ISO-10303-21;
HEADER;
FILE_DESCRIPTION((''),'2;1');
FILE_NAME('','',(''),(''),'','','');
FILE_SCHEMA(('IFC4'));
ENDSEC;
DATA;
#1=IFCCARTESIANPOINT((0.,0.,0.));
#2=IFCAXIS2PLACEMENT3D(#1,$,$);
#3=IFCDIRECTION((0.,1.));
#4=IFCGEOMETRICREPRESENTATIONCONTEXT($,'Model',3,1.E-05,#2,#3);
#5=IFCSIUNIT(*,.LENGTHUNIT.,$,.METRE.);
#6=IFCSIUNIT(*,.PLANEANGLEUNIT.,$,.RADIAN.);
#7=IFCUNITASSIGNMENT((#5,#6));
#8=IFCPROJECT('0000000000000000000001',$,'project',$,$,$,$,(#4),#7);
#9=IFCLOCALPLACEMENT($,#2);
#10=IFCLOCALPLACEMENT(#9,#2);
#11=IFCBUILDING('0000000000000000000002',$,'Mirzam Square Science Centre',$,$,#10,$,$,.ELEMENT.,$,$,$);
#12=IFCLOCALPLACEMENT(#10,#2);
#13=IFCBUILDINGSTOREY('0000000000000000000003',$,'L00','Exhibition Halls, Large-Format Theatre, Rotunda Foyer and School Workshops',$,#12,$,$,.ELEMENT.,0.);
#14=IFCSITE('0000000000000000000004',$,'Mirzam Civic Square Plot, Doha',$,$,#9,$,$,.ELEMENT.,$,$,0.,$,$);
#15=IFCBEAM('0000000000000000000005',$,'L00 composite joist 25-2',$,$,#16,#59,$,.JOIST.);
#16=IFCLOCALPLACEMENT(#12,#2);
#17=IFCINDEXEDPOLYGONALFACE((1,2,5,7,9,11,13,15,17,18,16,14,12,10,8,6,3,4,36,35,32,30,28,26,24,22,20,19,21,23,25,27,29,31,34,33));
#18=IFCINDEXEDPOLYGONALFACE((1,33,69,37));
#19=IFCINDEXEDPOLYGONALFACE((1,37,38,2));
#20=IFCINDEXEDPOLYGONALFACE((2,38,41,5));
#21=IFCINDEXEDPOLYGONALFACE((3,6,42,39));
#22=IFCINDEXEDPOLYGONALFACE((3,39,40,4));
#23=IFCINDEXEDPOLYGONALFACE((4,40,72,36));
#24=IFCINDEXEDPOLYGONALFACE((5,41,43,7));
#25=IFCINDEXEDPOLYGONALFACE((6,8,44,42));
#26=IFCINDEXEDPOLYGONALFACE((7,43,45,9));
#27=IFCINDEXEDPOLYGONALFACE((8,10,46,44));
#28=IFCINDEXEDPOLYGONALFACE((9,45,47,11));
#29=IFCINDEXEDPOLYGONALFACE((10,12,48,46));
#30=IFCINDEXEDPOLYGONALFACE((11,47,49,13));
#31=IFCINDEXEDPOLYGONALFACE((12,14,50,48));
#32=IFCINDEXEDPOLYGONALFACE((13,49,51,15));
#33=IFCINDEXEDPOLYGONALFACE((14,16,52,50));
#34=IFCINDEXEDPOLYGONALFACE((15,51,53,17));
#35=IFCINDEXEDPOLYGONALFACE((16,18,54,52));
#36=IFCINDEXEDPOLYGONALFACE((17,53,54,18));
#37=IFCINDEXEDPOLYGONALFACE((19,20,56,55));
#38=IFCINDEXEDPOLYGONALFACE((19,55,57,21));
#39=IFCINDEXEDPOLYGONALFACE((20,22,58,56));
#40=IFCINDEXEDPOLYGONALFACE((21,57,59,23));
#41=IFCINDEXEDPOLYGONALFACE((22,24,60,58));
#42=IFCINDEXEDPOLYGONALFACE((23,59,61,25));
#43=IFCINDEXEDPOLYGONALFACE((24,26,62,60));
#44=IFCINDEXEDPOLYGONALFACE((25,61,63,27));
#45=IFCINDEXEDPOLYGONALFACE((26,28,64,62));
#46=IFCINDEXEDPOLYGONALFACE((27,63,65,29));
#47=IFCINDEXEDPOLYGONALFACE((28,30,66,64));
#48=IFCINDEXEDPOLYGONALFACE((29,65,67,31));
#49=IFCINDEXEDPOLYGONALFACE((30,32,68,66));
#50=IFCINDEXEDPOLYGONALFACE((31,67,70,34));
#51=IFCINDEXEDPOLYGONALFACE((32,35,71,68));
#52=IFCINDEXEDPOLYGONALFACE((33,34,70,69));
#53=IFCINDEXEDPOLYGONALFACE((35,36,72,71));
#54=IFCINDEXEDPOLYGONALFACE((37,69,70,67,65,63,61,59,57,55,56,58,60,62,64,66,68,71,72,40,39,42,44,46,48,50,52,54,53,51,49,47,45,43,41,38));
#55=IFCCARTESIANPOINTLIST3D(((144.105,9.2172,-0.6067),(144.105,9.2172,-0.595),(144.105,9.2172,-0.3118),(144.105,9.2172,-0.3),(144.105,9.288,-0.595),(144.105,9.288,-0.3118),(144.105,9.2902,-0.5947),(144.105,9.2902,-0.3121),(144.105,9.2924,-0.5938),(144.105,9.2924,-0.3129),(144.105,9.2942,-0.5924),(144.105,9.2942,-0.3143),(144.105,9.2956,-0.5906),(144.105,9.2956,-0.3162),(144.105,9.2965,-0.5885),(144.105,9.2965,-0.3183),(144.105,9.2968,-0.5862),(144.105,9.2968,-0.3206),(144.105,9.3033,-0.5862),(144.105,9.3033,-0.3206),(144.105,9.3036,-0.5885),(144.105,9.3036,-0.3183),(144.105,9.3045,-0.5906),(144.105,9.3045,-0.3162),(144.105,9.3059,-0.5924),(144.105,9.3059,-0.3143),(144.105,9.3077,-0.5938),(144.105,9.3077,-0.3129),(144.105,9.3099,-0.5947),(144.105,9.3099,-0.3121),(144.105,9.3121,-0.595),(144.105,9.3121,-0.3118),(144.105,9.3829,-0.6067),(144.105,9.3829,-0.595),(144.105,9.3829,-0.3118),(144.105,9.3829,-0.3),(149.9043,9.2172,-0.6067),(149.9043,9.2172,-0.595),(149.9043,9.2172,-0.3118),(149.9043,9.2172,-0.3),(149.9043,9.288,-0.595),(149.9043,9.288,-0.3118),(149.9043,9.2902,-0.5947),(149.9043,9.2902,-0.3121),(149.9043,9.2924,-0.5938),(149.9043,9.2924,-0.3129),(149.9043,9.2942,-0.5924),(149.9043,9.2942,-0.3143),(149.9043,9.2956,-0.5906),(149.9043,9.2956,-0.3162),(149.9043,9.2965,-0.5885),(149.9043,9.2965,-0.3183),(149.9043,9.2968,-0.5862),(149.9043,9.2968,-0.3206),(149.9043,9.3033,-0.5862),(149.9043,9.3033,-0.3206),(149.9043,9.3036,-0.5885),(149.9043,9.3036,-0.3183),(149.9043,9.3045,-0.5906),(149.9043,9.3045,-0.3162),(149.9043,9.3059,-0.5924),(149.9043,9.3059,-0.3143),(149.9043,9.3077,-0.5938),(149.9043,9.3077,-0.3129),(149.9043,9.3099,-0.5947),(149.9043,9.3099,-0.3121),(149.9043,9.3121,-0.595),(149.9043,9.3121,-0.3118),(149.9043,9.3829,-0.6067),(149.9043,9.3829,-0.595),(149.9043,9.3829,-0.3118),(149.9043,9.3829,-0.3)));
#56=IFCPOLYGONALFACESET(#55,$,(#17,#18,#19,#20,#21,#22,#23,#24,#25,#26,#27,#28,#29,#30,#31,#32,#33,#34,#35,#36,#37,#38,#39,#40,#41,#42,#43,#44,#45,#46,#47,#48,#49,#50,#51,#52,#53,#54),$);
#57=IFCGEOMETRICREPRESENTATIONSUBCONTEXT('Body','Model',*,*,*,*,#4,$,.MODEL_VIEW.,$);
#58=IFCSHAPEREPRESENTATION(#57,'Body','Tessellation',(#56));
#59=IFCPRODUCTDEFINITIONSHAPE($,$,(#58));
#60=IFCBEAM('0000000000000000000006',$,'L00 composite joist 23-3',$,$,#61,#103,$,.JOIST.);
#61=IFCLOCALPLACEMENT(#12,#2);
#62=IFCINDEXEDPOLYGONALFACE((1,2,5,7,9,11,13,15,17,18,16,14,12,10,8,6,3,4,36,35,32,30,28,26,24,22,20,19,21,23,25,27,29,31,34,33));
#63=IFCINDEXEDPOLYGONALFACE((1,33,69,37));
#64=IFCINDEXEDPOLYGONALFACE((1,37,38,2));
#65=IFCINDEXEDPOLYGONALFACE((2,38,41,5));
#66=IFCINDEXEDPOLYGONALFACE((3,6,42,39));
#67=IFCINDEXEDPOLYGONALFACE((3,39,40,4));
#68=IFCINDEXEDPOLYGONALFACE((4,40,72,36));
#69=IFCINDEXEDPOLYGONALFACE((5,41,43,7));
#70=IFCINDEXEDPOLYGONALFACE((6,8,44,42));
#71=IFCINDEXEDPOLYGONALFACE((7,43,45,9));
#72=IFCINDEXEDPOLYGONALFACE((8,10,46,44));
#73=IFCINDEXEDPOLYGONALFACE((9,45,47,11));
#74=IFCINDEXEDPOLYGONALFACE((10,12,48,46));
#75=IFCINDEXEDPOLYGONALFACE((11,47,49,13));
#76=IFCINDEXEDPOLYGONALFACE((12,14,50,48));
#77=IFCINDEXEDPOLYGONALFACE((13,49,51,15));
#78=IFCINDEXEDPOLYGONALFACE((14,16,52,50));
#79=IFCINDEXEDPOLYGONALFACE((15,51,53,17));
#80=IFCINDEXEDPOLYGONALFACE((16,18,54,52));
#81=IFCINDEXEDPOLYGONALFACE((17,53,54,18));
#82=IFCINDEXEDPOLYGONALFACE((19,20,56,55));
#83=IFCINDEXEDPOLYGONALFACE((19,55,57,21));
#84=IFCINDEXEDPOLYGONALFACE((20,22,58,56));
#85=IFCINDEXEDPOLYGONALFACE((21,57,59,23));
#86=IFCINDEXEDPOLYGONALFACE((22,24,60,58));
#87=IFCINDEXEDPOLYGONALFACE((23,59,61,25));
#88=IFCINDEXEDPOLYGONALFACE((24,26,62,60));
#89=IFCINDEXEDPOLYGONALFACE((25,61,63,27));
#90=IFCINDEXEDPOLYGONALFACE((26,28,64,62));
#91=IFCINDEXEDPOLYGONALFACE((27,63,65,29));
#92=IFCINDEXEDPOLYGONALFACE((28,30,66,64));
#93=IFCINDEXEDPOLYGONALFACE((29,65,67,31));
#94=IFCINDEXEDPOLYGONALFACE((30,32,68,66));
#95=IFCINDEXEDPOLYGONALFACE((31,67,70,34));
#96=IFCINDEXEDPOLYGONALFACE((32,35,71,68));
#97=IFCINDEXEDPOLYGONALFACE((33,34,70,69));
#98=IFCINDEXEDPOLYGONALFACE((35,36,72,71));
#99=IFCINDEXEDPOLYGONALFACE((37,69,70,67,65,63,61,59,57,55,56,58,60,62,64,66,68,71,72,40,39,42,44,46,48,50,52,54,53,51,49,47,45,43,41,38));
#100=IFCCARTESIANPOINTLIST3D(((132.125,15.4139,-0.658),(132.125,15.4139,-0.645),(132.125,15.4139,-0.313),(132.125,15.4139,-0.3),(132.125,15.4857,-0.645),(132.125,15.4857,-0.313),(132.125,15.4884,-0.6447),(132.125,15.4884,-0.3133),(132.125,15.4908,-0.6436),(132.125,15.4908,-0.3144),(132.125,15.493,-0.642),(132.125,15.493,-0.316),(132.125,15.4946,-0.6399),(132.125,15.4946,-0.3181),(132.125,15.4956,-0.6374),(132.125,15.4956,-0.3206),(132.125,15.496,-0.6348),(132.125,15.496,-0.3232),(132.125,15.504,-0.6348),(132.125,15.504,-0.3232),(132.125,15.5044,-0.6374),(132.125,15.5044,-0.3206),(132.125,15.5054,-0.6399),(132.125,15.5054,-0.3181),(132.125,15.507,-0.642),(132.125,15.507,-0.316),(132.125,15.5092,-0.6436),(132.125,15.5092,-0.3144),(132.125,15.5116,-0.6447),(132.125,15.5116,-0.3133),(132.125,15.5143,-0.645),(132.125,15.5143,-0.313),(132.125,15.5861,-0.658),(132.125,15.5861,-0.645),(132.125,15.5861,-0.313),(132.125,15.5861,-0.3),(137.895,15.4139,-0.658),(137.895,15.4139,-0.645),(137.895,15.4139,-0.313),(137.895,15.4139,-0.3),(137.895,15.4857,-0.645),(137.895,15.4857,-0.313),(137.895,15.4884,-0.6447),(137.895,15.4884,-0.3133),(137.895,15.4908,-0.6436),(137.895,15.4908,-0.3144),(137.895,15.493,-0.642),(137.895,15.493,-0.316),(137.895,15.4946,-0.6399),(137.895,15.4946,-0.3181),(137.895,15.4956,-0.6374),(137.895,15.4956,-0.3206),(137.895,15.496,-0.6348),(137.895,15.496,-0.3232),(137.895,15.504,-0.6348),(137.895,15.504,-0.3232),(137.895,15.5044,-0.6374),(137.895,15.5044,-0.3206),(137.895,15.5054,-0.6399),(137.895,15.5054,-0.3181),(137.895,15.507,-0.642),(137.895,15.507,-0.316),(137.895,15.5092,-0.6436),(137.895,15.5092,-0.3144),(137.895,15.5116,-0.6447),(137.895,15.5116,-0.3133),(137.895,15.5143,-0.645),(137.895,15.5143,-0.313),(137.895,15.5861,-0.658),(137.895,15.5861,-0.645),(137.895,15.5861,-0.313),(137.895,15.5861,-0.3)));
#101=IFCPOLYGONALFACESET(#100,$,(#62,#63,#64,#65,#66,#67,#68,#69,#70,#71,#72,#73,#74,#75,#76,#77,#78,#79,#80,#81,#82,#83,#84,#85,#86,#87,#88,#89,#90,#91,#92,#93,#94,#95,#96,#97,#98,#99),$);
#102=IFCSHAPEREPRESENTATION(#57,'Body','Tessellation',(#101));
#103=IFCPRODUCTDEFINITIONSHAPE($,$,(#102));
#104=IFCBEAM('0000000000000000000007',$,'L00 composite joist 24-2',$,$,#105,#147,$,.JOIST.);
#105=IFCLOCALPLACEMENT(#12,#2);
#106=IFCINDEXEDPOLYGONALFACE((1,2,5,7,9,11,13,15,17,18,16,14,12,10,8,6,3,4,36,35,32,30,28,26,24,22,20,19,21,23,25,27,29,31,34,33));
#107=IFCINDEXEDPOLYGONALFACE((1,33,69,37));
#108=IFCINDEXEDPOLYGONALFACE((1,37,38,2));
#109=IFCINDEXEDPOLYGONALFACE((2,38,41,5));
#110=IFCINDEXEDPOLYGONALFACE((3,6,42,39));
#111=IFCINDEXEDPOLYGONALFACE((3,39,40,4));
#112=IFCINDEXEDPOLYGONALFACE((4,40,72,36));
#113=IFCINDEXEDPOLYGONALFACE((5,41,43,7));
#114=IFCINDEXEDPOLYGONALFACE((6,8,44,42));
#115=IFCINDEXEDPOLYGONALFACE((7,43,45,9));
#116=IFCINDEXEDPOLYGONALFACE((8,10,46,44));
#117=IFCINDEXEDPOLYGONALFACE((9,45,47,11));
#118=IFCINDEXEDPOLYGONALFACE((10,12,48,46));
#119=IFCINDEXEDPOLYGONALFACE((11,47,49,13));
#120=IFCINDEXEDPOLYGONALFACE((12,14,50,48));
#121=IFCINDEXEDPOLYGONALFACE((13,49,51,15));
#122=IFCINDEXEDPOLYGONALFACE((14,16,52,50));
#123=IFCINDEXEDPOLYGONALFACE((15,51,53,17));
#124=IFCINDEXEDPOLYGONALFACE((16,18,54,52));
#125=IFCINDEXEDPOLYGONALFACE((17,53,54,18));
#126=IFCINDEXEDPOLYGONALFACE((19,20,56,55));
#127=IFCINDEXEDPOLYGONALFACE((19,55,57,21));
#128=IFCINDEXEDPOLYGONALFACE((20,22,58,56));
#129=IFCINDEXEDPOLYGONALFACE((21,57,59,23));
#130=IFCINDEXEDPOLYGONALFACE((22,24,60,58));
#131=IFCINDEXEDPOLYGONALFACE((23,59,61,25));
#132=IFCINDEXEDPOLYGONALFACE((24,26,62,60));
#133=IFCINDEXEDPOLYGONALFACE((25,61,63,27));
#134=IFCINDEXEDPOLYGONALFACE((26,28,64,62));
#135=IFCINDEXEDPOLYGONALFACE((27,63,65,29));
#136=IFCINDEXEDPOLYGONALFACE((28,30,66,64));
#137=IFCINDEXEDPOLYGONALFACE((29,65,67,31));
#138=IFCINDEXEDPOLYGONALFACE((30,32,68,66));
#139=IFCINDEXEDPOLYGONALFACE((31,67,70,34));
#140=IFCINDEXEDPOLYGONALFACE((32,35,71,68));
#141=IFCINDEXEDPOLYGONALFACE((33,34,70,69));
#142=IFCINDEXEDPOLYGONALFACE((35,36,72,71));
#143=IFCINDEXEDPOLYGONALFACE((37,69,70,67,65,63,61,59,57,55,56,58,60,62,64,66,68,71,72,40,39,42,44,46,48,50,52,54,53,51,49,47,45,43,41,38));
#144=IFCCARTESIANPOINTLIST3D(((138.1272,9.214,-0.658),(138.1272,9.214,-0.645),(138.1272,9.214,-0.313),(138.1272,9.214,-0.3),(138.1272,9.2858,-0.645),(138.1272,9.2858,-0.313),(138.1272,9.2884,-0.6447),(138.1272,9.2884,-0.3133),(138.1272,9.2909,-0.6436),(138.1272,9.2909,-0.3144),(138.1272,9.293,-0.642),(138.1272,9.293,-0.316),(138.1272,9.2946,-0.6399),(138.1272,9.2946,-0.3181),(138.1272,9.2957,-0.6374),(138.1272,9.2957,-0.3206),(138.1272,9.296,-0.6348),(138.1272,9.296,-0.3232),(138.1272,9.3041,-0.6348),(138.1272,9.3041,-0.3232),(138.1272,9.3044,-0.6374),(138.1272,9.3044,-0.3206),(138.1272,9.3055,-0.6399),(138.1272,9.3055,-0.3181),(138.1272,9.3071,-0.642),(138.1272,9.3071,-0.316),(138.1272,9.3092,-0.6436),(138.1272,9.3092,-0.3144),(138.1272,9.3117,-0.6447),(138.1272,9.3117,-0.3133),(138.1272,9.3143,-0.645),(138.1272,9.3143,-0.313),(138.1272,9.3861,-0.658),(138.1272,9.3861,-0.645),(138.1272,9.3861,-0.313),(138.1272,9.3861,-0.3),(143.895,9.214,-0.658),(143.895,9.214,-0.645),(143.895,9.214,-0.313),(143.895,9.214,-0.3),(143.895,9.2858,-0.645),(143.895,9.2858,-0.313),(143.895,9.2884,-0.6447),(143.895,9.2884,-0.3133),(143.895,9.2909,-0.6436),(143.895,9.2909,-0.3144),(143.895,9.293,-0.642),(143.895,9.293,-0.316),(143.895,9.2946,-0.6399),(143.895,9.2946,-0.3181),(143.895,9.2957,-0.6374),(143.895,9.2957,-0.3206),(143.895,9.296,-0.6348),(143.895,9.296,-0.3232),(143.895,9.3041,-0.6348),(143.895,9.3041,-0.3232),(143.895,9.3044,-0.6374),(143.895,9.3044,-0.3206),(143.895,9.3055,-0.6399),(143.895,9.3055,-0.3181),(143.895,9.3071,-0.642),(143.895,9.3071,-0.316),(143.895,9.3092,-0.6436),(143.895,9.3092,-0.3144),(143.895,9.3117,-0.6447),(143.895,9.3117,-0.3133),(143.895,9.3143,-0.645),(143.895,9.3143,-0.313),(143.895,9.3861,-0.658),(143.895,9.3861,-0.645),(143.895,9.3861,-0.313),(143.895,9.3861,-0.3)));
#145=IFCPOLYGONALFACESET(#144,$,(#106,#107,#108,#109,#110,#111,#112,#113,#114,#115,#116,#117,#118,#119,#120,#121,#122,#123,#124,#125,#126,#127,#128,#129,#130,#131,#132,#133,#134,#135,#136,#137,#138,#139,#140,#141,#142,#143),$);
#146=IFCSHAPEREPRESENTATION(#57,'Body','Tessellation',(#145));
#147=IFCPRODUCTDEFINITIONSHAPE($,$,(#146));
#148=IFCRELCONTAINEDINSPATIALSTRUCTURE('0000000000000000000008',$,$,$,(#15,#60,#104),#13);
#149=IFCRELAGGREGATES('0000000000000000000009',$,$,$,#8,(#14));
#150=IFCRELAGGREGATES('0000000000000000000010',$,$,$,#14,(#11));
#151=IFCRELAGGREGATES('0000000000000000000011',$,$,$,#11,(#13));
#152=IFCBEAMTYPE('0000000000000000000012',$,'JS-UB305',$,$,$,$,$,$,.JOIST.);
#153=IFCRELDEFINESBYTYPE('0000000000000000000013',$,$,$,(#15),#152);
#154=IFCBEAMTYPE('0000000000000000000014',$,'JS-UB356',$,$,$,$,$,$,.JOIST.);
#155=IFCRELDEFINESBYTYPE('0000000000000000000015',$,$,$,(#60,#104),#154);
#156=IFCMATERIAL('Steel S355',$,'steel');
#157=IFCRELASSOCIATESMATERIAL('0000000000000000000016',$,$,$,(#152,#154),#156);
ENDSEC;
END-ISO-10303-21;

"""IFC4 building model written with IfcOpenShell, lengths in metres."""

from ifc_helpers import new_model, si_unit, direction, frame, origin, origin_2d, place, context, subcontext, project, spatial, i_section, extrude, material, material_profile, profile_set, type_object, element, save


model = new_model("IFC4")

# Units and contexts
model_context = context("Model", 3, precision=1e-05, world=origin(), true_north=direction((0.0, 1.0)))
body_context = subcontext(model_context, "Body", "Model", "MODEL_VIEW")
ifc_project = project(units=[si_unit("LENGTHUNIT", "METRE"), si_unit("PLANEANGLEUNIT", "RADIAN")], contexts=[model_context])

# Site, building, storey
site_placement = place(None, origin())
site = spatial("IfcSite", under=ifc_project, at=site_placement, Name="Mirzam Civic Square Plot, Doha", CompositionType="ELEMENT", RefElevation=0.0)
building_placement = place(site_placement, origin())
building = spatial("IfcBuilding", under=site, at=building_placement, Name="Mirzam Square Science Centre", CompositionType="ELEMENT")
storey_placement = place(building_placement, origin())
storey = spatial("IfcBuildingStorey", under=building, at=storey_placement, Name="L00", Description="Exhibition Halls, Large-Format Theatre, Rotunda Foyer and School Workshops", CompositionType="ELEMENT", Elevation=0.0)

# Shared definitions
ifc_material_1 = material(Name="Steel S355", Category="steel")

# Beams
ifc_material_profile_1 = material_profile(ifc_material_1, i_section(OverallWidth=0.1658, OverallDepth=0.3066, WebThickness=0.0066, FlangeThickness=0.0117, FilletRadius=0.0088, at=origin_2d()), Name="305x165x46UB")
ifc_profile_set_1 = profile_set([ifc_material_profile_1], Name="Steel S355")
beam_type_1 = type_object("IfcBeamType", Name="JS-UB305", PredefinedType="JOIST", material=ifc_profile_set_1)
for number, where, z_axis, x_axis, name in (
    (1, (144.105, 9.3, -0.4534), (1.0, 0.0, 0.0), (0.0, 1.0, 0.0), "L00 composite joist 25-2"),
):
    element("IfcBeam", number, at=place(storey_placement, frame(where, z_axis=z_axis, x_axis=x_axis)), inside=storey, type_object=beam_type_1, Name=name, PredefinedType="JOIST", context=body_context, shape_type="SweptSolid", body=[
        extrude(i_section(OverallWidth=0.1658, OverallDepth=0.3066, WebThickness=0.0066, FlangeThickness=0.0117, FilletRadius=0.0088, at=origin_2d()), origin(), (0.0, 0.0, 1.0), 5.7993),
    ])
ifc_material_profile_2 = material_profile(ifc_material_1, i_section(OverallWidth=0.1721, OverallDepth=0.3579, WebThickness=0.0081, FlangeThickness=0.0129, FilletRadius=0.0103, at=origin_2d()), Name="356x171x57UB")
ifc_profile_set_2 = profile_set([ifc_material_profile_2], Name="Steel S355")
beam_type_2 = type_object("IfcBeamType", Name="JS-UB356", PredefinedType="JOIST", material=ifc_profile_set_2)
beam_1_placement = place(storey_placement, frame((132.125, 15.5, -0.479), z_axis=(1.0, 0.0, 0.0), x_axis=(0.0, 1.0, 0.0)))
element("IfcBeam", 2, at=beam_1_placement, inside=storey, type_object=beam_type_2, Name="L00 composite joist 23-3", PredefinedType="JOIST", context=body_context, shape_type="SweptSolid", body=[
    extrude(i_section(OverallWidth=0.1721, OverallDepth=0.3579, WebThickness=0.0081, FlangeThickness=0.0129, FilletRadius=0.0103, at=origin_2d()), origin(), (0.0, 0.0, 1.0), 5.77),
])
beam_2_placement = place(storey_placement, frame((138.1272, 9.3, -0.479), z_axis=(1.0, 0.0, 0.0), x_axis=(0.0, 1.0, 0.0)))
element("IfcBeam", 3, at=beam_2_placement, inside=storey, type_object=beam_type_2, Name="L00 composite joist 24-2", PredefinedType="JOIST", context=body_context, shape_type="SweptSolid", body=[
    extrude(i_section(OverallWidth=0.1721, OverallDepth=0.3579, WebThickness=0.0081, FlangeThickness=0.0129, FilletRadius=0.0103, at=origin_2d()), origin(), (0.0, 0.0, 1.0), 5.7678),
])

save(model, "model.ifc")
